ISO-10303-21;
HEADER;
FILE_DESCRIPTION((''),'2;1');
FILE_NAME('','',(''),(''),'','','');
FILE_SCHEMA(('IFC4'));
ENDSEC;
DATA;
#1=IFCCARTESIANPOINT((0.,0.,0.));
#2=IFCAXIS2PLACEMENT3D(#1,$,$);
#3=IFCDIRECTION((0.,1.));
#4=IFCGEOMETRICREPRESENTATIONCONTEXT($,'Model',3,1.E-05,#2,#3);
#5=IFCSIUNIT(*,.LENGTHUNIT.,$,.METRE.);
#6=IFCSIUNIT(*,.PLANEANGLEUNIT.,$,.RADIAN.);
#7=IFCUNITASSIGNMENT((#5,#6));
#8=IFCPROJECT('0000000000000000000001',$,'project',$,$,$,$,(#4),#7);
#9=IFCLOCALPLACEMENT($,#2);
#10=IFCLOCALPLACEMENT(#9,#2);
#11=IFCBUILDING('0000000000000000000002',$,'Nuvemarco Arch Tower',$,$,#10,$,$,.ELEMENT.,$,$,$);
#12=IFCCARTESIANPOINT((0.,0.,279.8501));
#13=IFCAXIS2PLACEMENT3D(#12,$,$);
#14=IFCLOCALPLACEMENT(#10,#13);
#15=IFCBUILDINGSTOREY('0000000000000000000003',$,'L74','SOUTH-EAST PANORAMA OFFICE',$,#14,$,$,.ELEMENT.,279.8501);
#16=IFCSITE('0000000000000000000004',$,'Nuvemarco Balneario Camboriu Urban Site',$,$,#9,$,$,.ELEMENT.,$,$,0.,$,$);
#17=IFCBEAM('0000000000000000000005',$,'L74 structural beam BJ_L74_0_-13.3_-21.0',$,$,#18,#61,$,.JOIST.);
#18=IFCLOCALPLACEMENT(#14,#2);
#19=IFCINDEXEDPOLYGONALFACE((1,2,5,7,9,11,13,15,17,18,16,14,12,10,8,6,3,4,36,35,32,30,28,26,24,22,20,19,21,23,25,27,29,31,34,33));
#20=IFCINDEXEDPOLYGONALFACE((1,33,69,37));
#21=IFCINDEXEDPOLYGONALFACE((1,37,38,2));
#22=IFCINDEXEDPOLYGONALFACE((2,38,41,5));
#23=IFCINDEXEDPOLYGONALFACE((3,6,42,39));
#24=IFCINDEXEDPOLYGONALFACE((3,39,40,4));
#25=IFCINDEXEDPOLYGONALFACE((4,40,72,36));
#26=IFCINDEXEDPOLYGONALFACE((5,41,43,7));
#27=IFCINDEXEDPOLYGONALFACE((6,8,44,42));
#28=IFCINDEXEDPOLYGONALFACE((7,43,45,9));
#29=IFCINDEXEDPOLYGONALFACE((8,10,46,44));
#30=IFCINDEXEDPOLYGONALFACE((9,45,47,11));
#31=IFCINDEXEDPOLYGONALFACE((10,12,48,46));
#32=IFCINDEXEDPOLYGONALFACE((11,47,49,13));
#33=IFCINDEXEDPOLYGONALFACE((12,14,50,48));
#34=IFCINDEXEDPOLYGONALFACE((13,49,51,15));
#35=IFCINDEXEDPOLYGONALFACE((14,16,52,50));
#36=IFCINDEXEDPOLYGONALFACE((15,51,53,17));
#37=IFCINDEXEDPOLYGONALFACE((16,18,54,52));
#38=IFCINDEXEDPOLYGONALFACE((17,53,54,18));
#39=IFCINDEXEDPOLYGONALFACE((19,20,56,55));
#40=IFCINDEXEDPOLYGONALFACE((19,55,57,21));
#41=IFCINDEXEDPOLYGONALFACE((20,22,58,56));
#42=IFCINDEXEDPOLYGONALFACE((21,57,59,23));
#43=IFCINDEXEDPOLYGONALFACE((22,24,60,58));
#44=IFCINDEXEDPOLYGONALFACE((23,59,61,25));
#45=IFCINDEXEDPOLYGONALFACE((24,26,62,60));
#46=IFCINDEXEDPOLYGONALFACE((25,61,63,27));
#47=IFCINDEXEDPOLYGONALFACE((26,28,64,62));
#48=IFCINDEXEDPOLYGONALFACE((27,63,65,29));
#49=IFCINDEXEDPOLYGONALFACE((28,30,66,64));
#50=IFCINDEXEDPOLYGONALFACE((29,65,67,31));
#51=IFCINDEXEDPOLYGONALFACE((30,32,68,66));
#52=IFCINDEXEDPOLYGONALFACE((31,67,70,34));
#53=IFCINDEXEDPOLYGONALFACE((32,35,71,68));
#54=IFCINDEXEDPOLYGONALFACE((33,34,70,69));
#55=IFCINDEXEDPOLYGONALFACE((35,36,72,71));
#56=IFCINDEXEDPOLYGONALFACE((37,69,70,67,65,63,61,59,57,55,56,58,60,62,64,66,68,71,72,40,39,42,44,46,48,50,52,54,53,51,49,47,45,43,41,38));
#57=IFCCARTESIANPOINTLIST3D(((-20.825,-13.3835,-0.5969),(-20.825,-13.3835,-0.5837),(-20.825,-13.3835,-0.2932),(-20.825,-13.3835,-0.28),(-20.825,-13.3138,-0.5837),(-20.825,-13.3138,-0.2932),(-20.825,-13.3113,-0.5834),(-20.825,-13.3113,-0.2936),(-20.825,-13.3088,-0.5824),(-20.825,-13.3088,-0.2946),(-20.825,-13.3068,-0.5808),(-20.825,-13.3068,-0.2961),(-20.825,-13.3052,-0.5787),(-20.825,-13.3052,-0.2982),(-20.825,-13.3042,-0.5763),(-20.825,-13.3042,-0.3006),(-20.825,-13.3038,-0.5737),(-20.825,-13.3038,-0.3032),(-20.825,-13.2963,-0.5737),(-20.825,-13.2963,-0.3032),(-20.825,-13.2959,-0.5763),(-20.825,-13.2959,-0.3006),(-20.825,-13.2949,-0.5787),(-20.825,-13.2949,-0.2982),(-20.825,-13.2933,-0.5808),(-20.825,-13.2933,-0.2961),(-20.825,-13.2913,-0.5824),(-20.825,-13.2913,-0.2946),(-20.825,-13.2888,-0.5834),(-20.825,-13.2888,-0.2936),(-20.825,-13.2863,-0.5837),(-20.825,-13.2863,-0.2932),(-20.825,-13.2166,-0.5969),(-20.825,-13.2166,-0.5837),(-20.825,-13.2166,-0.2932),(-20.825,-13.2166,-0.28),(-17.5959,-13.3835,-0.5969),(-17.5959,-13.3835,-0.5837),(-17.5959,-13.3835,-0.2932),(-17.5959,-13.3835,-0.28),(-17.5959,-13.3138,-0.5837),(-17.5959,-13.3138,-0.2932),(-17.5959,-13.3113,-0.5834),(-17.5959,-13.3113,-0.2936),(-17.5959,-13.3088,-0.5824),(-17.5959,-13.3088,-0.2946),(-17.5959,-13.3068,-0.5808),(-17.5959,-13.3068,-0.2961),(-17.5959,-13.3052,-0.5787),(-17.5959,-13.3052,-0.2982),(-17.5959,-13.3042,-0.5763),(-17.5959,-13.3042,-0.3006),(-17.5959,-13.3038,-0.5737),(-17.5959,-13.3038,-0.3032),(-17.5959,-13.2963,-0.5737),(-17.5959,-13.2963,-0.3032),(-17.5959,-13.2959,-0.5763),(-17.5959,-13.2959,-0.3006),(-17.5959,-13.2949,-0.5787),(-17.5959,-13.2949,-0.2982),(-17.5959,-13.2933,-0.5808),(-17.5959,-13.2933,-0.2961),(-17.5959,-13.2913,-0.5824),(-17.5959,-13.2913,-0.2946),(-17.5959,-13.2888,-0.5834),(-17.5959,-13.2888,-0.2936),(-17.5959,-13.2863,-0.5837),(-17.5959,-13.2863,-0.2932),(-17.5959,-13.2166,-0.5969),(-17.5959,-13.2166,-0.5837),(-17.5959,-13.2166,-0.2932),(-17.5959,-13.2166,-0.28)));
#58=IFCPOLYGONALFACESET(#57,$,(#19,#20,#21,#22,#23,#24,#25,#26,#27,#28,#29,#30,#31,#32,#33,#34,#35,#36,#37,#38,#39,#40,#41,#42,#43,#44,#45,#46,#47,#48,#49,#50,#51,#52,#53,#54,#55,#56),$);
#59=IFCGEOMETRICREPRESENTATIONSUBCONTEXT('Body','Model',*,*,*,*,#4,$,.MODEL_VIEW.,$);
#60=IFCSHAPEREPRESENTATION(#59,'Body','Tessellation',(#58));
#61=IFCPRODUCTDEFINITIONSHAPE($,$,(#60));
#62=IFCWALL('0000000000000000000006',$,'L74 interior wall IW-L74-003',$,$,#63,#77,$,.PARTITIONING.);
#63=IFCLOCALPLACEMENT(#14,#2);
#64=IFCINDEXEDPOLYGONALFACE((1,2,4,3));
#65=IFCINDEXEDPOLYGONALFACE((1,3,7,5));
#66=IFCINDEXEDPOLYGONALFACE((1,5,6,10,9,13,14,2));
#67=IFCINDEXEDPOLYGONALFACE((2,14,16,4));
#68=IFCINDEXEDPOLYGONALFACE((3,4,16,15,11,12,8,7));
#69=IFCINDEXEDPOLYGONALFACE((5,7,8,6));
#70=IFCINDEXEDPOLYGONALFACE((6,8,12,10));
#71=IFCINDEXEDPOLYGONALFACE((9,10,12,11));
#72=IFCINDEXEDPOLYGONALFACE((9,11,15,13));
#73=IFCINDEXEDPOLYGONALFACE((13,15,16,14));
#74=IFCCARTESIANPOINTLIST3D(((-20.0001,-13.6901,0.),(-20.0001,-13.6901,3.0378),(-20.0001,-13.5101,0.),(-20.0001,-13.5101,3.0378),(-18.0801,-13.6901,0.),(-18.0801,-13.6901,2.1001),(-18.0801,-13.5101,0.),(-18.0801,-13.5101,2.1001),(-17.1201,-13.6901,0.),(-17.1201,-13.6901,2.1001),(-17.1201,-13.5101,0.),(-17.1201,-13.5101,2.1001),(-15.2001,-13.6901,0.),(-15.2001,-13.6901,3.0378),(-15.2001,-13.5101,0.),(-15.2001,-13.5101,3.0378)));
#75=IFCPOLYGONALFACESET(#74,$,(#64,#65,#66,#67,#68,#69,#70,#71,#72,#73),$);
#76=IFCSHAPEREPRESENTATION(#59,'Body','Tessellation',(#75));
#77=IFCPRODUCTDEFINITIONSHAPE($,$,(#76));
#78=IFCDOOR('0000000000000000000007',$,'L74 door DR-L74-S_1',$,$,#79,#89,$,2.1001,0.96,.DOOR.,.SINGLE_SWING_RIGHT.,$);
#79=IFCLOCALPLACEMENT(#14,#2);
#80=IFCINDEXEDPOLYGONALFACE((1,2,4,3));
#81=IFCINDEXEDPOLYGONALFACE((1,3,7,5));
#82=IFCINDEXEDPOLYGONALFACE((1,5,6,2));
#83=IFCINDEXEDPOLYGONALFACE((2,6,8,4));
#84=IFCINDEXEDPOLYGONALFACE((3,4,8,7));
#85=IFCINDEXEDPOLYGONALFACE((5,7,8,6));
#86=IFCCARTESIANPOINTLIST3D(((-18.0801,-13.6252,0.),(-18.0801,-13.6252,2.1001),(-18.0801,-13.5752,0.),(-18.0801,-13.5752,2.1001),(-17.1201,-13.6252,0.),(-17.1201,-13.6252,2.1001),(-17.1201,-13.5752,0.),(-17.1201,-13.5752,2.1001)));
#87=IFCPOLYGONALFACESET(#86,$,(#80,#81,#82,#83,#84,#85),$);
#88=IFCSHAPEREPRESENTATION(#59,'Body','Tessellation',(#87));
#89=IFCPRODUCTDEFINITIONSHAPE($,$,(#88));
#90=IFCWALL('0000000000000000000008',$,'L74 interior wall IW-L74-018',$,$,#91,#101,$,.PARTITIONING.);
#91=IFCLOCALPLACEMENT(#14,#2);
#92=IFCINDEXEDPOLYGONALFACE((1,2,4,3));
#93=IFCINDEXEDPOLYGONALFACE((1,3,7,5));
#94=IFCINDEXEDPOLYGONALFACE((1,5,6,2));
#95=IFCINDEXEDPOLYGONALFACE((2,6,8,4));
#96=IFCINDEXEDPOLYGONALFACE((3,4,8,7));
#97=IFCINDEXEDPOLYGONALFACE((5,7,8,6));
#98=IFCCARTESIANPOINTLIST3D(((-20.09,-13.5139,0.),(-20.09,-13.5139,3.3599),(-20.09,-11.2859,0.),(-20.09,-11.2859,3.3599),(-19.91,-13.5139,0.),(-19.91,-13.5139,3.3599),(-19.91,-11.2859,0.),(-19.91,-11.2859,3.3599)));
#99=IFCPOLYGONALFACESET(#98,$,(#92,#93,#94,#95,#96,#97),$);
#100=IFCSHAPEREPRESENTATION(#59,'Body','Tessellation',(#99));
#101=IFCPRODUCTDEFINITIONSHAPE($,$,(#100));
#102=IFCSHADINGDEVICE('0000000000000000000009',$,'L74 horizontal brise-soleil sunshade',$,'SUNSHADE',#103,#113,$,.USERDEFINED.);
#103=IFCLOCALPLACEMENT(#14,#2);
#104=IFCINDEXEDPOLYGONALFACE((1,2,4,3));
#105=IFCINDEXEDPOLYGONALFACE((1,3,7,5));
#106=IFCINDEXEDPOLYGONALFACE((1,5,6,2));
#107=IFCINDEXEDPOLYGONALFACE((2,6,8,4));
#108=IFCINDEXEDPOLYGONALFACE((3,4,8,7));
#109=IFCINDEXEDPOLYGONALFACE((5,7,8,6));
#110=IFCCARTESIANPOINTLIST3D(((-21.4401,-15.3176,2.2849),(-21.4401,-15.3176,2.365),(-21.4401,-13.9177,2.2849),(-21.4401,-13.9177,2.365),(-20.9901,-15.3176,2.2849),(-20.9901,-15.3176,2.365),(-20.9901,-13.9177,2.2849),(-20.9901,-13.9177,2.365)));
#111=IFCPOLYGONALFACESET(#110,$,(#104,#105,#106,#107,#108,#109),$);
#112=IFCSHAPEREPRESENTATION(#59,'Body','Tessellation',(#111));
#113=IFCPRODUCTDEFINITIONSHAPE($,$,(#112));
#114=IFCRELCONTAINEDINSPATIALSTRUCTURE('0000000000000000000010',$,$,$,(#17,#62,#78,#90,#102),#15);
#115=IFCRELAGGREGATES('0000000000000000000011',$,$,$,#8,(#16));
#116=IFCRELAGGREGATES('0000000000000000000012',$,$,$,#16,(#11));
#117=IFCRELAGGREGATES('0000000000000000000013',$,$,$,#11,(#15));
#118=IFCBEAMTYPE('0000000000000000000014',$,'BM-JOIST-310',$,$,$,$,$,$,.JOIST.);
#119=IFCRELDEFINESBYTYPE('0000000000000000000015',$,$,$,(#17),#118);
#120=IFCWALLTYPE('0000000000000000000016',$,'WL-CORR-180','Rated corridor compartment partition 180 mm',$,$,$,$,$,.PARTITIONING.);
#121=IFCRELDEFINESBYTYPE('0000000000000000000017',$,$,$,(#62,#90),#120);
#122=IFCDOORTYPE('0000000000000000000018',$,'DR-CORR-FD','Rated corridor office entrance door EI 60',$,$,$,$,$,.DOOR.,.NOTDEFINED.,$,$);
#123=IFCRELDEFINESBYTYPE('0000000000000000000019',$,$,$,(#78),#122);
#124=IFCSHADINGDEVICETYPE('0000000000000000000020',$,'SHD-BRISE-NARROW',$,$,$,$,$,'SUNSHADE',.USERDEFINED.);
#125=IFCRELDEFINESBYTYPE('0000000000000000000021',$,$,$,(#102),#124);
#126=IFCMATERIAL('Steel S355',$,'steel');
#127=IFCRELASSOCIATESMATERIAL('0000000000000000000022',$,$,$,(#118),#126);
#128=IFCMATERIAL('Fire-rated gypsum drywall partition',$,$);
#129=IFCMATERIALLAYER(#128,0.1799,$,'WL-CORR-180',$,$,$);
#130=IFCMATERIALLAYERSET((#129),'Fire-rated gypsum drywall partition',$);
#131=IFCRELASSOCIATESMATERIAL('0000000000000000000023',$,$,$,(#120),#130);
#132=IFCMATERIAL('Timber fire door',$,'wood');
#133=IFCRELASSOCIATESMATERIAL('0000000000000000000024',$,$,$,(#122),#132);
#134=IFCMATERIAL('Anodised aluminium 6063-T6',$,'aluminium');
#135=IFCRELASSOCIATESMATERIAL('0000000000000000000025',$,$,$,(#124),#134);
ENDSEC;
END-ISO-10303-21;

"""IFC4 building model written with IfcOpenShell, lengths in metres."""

from ifc_helpers import new_model, si_unit, direction, frame, frame_2d, origin, origin_2d, place, context, subcontext, project, spatial, rectangle, i_section, extrude, source, transform, mapped, material, layer, layer_set, material_profile, profile_set, type_object, type_shapes, element, fill, save


model = new_model("IFC4")

# Units and contexts
model_context = context("Model", 3, precision=1e-05, world=origin(), true_north=direction((0.0, 1.0)))
body_context = subcontext(model_context, "Body", "Model", "MODEL_VIEW")
ifc_project = project(units=[si_unit("LENGTHUNIT", "METRE"), si_unit("PLANEANGLEUNIT", "RADIAN")], contexts=[model_context])

# Site, building, storey
site_placement = place(None, origin())
site = spatial("IfcSite", under=ifc_project, at=site_placement, Name="Nuvemarco Balneario Camboriu Urban Site", CompositionType="ELEMENT", RefElevation=0.0)
building_placement = place(site_placement, origin())
building = spatial("IfcBuilding", under=site, at=building_placement, Name="Nuvemarco Arch Tower", CompositionType="ELEMENT")
storey_placement = place(building_placement, frame((0.0, 0.0, 279.8501)))
storey = spatial("IfcBuildingStorey", under=building, at=storey_placement, Name="L74", Description="SOUTH-EAST PANORAMA OFFICE", CompositionType="ELEMENT", Elevation=279.8501)

# Shared definitions
ifc_material_1 = material(Name="Steel S355", Category="steel")

# Beam
ifc_material_profile_1 = material_profile(ifc_material_1, i_section(OverallWidth=0.167, OverallDepth=0.3169, WebThickness=0.0076, FlangeThickness=0.0132, FilletRadius=0.01, at=origin_2d()), Name="W310x52")
ifc_profile_set_1 = profile_set([ifc_material_profile_1], Name="Steel S355")
beam_type_1 = type_object("IfcBeamType", Name="BM-JOIST-310", PredefinedType="JOIST", material=ifc_profile_set_1)
beam_1_placement = place(storey_placement, frame((-20.825, -13.3, -0.4385), z_axis=(1.0, 0.0, 0.0), x_axis=(0.0, 1.0, 0.0)))
element("IfcBeam", 1, at=beam_1_placement, inside=storey, type_object=beam_type_1, Name="L74 structural beam BJ_L74_0_-13.3_-21.0", PredefinedType="JOIST", context=body_context, shape_type="SweptSolid", body=[
    extrude(i_section(OverallWidth=0.167, OverallDepth=0.3169, WebThickness=0.0076, FlangeThickness=0.0132, FilletRadius=0.01, at=origin_2d()), origin(), (0.0, 0.0, 1.0), 3.229),
])

# Wall, opening, door
ifc_material_2 = material(Name="Fire-rated gypsum drywall partition")
ifc_layer = layer(ifc_material_2, 0.1799, Name="WL-CORR-180")
ifc_layer_set = layer_set([ifc_layer], Name="Fire-rated gypsum drywall partition")
wall_type = type_object("IfcWallType", Name="WL-CORR-180", Description="Rated corridor compartment partition 180 mm", PredefinedType="PARTITIONING", material=ifc_layer_set)
wall_1_placement = place(storey_placement, frame((-20.0, -13.6001, 0.0), z_axis=(0.0, 0.0, 1.0), x_axis=(1.0, 0.0, 0.0)))
wall_1 = element("IfcWall", 2, at=wall_1_placement, inside=storey, type_object=wall_type, Name="L74 interior wall IW-L74-003", PredefinedType="PARTITIONING", context=body_context, shape_type="SweptSolid", body=[
    extrude(rectangle(XDim=4.8, YDim=0.1799, at=frame_2d((2.3999, 0.0))), origin(), (0.0, 0.0, 1.0), 3.0378),
])
opening_placement = place(wall_1_placement, frame((1.9199, 0.0, 0.0)))
opening = element("IfcOpeningElement", 3, at=opening_placement, cuts=wall_1, PredefinedType="OPENING", context=body_context, shape_type="SweptSolid", body=[
    extrude(rectangle(XDim=0.96, YDim=2.1001, at=frame_2d((0.48, 1.05))), frame((0.0, 0.0999, 0.0), z_axis=(0.0, -1.0, 0.0), x_axis=(1.0, 0.0, 0.0)), (0.0, 0.0, 1.0), 0.2),
])
ifc_material_3 = material(Name="Timber fire door", Category="wood")
door_type = type_object("IfcDoorType", Name="DR-CORR-FD", Description="Rated corridor office entrance door EI 60", OperationType="NOTDEFINED", PredefinedType="DOOR", material=ifc_material_3)
shared_shape_1 = source(origin(), body_context, "Body", "SweptSolid", [
    extrude(rectangle(XDim=0.96, YDim=2.1001, at=frame_2d((0.48, 1.05))), frame((0.0, 0.0249, 0.0), z_axis=(0.0, -1.0, 0.0), x_axis=(1.0, 0.0, 0.0)), (0.0, 0.0, 1.0), 0.05),
])
type_shapes(door_type, [shared_shape_1])
door_placement = place(opening_placement, origin())
door = element("IfcDoor", 4, at=door_placement, inside=storey, type_object=door_type, Name="L74 door DR-L74-S_1", OperationType="SINGLE_SWING_RIGHT", OverallHeight=2.1001, OverallWidth=0.96, PredefinedType="DOOR", context=body_context, shape_type="MappedRepresentation", body=[
    mapped(shared_shape_1, transform((0.0, 0.0, 0.0), scale=1.0)),
])
fill(opening, door)

# Wall
wall_2_placement = place(storey_placement, frame((-20.0, -13.5139, 0.0), z_axis=(0.0, 0.0, 1.0), x_axis=(0.0, 1.0, 0.0)))
element("IfcWall", 5, at=wall_2_placement, inside=storey, type_object=wall_type, Name="L74 interior wall IW-L74-018", PredefinedType="PARTITIONING", context=body_context, shape_type="SweptSolid", body=[
    extrude(rectangle(XDim=2.228, YDim=0.1799, at=frame_2d((1.114, 0.0))), origin(), (0.0, 0.0, 1.0), 3.3599),
])

# Shading device
ifc_material_4 = material(Name="Anodised aluminium 6063-T6", Category="aluminium")
shading_device_type = type_object("IfcShadingDeviceType", Name="SHD-BRISE-NARROW", ElementType="SUNSHADE", PredefinedType="USERDEFINED", material=ifc_material_4)
shared_shape_2 = source(origin(), body_context, "Body", "SweptSolid", [
    extrude(rectangle(XDim=1.3999, YDim=0.45, at=origin_2d()), origin(), (0.0, 0.0, 1.0), 0.0801),
])
type_shapes(shading_device_type, [shared_shape_2])
shading_device_placement = place(storey_placement, frame((-21.2151, -14.6177, 2.2849), z_axis=(0.0, 0.0, 1.0), x_axis=(0.0, 1.0, 0.0)))
element("IfcShadingDevice", 6, at=shading_device_placement, inside=storey, type_object=shading_device_type, Name="L74 horizontal brise-soleil sunshade", ObjectType="SUNSHADE", PredefinedType="USERDEFINED", context=body_context, shape_type="MappedRepresentation", body=[
    mapped(shared_shape_2, transform((0.0, 0.0, 0.0), scale=1.0)),
])

save(model, "model.ifc")
